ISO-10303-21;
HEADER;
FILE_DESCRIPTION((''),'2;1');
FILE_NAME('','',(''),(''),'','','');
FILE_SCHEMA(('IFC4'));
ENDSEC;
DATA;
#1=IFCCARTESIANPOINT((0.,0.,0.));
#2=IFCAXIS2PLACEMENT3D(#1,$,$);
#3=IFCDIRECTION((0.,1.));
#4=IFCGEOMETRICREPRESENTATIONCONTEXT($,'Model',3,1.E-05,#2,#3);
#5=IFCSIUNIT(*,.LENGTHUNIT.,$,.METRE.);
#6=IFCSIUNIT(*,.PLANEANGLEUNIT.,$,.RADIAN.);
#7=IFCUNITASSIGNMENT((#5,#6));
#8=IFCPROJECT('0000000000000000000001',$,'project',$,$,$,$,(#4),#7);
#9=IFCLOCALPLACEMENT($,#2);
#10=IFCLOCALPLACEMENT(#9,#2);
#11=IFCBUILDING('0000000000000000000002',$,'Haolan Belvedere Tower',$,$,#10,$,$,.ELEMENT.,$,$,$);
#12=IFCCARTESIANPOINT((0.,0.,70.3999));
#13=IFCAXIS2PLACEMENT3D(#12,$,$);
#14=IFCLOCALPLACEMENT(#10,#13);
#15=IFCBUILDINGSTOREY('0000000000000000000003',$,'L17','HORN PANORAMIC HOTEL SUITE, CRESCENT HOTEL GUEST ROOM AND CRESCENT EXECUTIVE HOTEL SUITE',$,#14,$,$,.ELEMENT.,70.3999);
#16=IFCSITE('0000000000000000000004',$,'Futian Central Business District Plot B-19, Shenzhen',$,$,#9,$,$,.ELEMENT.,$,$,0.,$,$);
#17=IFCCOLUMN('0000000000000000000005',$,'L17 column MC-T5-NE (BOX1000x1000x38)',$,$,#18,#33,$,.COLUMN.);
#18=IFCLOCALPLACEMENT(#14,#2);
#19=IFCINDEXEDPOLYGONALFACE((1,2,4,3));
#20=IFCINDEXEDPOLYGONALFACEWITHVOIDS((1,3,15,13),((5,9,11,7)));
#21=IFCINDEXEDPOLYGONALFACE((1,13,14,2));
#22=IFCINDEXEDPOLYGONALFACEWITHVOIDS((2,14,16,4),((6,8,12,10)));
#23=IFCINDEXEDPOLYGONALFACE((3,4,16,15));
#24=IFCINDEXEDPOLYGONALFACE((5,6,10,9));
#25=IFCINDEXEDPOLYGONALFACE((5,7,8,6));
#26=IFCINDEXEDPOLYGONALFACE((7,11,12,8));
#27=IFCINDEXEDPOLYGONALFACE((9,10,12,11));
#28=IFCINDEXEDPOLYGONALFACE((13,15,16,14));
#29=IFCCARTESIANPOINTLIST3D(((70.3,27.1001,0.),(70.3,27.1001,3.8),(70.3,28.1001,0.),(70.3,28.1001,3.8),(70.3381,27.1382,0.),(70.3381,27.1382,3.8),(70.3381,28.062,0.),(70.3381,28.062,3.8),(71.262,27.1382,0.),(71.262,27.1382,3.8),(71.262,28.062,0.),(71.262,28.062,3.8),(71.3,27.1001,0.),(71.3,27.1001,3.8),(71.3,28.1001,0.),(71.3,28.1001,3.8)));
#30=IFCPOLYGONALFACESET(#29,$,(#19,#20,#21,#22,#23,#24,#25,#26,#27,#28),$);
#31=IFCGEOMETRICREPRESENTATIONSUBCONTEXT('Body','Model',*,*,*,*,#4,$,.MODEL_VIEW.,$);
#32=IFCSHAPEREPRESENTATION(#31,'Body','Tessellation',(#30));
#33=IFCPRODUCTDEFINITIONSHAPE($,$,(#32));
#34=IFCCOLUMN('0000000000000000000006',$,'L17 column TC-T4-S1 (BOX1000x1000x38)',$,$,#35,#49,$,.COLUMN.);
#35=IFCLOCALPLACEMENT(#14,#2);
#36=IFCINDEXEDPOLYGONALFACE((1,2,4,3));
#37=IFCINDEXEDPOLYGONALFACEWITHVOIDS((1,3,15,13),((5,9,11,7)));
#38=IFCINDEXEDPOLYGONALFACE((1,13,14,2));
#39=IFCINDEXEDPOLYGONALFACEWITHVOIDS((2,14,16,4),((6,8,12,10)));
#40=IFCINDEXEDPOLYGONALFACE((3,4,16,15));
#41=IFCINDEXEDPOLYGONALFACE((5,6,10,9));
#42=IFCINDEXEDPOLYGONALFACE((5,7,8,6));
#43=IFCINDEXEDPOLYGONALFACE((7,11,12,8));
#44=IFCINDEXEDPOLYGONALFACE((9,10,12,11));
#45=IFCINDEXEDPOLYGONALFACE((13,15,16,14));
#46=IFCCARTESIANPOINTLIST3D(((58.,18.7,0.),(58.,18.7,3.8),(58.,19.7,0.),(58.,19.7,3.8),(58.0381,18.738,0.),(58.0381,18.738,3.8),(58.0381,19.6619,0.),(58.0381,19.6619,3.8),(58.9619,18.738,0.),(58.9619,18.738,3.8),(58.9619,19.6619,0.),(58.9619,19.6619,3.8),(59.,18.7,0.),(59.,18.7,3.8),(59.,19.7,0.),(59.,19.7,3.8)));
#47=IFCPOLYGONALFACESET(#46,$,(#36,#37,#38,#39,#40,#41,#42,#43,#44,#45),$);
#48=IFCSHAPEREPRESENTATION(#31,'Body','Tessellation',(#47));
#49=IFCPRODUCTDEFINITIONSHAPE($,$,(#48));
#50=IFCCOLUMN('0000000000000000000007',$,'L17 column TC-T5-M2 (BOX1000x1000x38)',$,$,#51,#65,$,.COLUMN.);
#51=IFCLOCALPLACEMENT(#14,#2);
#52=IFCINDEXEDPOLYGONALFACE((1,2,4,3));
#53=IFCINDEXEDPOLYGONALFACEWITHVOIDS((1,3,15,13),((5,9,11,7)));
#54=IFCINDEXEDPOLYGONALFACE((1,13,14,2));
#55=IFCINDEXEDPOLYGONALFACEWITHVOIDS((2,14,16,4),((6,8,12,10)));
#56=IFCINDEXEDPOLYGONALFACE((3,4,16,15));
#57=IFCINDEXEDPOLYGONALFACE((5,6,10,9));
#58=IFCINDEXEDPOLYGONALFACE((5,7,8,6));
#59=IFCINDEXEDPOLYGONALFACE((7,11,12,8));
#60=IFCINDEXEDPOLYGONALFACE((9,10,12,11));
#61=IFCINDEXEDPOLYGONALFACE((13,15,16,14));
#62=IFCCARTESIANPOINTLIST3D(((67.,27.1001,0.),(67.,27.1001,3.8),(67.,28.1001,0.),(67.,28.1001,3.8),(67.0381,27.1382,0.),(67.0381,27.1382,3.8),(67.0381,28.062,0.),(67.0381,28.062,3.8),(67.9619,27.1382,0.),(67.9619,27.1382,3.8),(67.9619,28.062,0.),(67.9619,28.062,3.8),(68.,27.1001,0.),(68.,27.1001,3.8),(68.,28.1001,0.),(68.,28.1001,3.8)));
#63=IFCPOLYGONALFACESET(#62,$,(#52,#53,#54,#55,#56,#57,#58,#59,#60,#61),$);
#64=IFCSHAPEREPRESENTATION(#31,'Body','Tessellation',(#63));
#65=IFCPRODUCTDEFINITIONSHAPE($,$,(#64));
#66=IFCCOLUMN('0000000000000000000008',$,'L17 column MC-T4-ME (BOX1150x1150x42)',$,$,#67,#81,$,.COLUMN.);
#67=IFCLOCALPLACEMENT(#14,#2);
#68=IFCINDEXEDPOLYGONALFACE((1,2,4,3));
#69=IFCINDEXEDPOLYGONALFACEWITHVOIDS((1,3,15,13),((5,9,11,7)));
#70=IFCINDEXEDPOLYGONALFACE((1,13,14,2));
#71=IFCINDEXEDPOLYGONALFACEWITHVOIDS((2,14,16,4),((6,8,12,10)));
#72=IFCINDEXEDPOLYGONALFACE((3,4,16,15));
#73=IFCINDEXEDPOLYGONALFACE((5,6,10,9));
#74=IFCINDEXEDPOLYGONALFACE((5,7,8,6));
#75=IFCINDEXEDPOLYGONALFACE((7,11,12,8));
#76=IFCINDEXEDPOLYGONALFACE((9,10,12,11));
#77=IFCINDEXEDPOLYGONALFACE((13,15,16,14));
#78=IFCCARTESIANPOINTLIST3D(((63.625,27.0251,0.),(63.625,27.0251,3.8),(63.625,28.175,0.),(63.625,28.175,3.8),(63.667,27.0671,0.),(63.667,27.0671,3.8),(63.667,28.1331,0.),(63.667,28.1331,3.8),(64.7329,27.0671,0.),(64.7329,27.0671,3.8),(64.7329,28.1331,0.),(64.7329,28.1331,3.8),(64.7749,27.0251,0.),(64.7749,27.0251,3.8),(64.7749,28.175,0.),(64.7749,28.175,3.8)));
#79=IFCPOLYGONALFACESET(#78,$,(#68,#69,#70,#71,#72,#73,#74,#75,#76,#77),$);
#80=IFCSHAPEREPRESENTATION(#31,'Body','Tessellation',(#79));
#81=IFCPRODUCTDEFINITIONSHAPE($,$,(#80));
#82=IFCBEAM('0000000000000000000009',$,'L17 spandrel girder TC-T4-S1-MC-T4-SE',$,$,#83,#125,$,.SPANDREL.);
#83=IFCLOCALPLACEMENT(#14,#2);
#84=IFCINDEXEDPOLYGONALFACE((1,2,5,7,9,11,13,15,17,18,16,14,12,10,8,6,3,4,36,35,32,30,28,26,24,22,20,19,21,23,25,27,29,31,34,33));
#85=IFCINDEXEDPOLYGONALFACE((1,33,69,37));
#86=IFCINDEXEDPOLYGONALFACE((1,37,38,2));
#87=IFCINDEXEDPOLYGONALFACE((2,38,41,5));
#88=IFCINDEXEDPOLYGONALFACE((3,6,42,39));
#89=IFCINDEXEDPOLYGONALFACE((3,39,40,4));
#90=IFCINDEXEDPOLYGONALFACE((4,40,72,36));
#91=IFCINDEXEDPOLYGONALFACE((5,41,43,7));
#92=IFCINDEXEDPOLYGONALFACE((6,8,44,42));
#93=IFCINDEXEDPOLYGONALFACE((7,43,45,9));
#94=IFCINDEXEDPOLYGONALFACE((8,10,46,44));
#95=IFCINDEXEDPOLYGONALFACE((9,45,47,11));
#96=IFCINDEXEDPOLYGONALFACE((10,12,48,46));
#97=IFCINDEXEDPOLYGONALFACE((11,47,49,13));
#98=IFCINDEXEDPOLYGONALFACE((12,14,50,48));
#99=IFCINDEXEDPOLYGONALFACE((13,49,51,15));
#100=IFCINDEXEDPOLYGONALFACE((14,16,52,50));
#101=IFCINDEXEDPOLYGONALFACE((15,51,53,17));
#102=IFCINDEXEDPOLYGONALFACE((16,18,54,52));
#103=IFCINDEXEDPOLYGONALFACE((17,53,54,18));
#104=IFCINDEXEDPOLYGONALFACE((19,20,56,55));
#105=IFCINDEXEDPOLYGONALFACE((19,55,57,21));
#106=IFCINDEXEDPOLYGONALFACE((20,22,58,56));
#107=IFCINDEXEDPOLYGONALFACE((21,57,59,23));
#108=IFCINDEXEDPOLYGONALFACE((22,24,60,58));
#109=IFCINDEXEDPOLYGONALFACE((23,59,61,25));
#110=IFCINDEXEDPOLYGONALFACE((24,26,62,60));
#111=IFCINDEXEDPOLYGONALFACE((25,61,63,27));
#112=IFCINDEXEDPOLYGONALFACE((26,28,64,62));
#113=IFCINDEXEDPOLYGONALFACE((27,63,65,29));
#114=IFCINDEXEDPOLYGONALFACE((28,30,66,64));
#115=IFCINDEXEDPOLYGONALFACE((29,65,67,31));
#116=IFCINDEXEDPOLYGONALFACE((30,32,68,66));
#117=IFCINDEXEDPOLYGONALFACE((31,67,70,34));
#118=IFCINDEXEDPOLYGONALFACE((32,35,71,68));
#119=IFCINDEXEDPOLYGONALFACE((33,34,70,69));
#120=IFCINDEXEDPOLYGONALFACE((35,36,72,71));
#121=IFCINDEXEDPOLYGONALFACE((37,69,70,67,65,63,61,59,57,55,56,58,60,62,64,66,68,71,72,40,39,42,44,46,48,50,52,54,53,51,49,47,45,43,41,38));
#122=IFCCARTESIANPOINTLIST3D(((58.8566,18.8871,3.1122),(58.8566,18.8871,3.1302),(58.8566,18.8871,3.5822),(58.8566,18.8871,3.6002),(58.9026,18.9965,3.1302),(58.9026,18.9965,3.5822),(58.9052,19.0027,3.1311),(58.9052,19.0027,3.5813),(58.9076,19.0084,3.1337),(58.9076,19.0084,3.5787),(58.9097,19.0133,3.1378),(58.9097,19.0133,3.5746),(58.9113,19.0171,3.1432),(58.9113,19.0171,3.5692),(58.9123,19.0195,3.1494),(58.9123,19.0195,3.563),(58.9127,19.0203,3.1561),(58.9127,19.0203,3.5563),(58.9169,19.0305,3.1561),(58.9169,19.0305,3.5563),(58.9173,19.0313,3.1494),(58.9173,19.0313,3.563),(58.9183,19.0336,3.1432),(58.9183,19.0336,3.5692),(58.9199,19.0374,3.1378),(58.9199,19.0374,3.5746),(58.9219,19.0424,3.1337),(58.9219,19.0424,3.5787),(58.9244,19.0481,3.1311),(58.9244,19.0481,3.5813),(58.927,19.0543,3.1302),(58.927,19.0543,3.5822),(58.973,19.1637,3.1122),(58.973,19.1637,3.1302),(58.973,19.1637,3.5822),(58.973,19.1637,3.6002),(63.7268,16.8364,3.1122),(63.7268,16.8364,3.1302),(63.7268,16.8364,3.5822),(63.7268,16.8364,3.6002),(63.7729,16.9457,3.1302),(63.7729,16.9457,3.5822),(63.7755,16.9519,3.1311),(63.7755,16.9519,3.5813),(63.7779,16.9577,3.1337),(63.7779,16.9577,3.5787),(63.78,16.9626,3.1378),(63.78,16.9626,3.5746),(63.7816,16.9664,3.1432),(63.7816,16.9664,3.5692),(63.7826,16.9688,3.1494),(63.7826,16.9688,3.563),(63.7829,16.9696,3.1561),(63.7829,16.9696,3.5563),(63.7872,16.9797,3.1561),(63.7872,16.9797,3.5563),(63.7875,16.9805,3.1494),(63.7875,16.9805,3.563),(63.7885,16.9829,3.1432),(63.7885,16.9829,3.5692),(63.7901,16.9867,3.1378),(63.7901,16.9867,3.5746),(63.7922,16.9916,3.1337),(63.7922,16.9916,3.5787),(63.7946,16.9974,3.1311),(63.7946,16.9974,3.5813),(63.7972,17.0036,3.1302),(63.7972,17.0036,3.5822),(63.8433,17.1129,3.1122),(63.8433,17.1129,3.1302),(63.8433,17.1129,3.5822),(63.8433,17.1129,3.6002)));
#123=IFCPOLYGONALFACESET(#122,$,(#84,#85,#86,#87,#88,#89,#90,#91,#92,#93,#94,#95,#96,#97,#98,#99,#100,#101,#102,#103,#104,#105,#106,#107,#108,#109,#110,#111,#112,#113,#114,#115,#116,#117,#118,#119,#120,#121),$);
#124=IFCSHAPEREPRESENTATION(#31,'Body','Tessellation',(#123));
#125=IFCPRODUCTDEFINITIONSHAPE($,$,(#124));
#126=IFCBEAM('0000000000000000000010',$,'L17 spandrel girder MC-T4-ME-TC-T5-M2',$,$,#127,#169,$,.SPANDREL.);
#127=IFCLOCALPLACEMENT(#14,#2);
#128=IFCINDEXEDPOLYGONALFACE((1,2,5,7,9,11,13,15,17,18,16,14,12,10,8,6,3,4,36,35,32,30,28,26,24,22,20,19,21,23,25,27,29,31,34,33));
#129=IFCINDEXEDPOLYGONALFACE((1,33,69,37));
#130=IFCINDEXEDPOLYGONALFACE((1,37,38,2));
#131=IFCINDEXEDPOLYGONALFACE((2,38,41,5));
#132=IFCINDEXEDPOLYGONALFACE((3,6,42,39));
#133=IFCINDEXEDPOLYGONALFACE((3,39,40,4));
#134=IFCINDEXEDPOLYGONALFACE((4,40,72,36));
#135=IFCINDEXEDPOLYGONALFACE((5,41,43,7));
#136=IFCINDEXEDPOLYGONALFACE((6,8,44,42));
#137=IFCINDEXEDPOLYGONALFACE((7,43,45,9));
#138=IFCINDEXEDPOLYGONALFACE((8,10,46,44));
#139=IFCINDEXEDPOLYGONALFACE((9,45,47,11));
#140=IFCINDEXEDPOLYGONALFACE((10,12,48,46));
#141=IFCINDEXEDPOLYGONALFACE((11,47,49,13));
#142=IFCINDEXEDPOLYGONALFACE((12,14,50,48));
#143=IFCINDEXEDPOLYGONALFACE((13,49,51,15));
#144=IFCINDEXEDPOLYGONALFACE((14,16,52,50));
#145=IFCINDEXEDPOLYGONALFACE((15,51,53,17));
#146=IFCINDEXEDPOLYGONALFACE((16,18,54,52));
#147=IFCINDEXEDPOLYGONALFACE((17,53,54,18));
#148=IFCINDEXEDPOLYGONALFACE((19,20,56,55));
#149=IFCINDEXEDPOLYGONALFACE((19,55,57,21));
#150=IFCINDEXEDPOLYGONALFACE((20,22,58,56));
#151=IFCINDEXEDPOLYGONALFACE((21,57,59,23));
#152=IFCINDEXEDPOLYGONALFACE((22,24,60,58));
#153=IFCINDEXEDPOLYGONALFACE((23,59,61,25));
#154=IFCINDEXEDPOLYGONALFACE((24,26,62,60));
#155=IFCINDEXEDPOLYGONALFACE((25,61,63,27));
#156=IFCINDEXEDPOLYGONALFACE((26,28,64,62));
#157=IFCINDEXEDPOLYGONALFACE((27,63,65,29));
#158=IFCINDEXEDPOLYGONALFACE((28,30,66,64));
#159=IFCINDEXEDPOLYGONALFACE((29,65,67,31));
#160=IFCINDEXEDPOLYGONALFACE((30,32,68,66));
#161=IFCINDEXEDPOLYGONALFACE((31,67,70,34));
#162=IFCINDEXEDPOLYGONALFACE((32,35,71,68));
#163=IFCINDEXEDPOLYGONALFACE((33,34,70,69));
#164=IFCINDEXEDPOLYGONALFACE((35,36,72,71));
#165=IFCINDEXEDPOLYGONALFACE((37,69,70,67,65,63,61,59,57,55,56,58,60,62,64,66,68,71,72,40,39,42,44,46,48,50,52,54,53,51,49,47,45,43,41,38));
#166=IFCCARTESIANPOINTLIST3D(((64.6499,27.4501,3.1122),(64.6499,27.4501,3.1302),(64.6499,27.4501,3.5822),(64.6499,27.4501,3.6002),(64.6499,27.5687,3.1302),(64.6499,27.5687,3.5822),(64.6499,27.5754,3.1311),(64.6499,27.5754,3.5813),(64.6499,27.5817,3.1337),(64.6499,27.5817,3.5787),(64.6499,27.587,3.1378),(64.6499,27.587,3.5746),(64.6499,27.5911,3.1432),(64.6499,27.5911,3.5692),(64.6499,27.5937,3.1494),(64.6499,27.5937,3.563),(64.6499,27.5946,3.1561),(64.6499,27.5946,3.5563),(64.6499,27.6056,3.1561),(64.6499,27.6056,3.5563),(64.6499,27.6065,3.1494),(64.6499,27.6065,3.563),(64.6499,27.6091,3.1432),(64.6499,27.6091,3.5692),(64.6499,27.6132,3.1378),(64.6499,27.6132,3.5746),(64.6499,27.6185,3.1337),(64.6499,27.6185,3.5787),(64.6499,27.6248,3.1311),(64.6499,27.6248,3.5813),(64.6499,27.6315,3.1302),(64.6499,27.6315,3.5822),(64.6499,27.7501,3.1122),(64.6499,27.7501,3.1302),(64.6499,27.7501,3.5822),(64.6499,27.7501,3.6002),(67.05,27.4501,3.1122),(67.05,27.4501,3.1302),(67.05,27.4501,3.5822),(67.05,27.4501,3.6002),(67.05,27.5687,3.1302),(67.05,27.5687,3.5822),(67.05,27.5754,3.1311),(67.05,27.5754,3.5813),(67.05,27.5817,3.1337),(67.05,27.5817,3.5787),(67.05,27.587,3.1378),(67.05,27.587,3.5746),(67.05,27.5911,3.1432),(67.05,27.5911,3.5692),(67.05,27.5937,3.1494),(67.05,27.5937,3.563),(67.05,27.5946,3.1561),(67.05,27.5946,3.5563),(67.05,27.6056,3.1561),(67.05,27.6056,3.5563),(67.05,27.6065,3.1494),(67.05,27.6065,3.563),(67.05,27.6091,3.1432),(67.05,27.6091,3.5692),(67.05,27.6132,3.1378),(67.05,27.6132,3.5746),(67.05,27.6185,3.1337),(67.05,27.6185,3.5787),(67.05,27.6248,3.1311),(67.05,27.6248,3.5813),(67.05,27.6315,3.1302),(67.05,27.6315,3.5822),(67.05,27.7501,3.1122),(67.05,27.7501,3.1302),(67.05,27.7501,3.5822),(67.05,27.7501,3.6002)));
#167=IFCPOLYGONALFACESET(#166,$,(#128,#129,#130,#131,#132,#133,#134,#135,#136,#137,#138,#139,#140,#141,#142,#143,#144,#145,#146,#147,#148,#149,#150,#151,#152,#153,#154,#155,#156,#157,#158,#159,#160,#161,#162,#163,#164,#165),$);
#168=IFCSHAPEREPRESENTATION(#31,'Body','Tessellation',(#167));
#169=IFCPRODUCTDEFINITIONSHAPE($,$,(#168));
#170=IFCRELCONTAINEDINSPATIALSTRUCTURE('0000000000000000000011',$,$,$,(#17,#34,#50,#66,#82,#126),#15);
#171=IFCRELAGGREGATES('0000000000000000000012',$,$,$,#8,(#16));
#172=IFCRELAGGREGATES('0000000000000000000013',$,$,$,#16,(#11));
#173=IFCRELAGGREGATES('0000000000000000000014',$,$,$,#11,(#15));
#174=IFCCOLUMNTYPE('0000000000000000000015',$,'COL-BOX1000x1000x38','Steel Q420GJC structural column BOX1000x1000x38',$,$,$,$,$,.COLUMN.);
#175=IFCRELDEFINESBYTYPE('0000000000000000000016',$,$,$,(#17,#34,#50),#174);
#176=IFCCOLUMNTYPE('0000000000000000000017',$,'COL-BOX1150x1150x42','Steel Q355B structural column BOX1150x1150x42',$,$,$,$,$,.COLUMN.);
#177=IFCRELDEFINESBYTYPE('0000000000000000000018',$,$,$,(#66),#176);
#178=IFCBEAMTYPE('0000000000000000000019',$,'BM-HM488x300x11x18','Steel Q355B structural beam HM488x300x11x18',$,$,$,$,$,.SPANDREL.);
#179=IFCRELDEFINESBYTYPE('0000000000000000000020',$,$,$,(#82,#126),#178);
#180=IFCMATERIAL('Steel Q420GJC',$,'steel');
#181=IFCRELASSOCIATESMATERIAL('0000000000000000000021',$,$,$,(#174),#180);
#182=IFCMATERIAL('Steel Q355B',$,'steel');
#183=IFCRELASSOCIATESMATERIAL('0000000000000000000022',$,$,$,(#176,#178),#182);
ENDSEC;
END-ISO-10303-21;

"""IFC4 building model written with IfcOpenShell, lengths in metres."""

from ifc_helpers import new_model, si_unit, direction, frame, origin, origin_2d, place, context, subcontext, project, spatial, hollow_rectangle, i_section, extrude, material, material_profile, profile_set, type_object, element, save


model = new_model("IFC4")

# Units and contexts
model_context = context("Model", 3, precision=1e-05, world=origin(), true_north=direction((0.0, 1.0)))
body_context = subcontext(model_context, "Body", "Model", "MODEL_VIEW")
ifc_project = project(units=[si_unit("LENGTHUNIT", "METRE"), si_unit("PLANEANGLEUNIT", "RADIAN")], contexts=[model_context])

# Site, building, storey
site_placement = place(None, origin())
site = spatial("IfcSite", under=ifc_project, at=site_placement, Name="Futian Central Business District Plot B-19, Shenzhen", CompositionType="ELEMENT", RefElevation=0.0)
building_placement = place(site_placement, origin())
building = spatial("IfcBuilding", under=site, at=building_placement, Name="Haolan Belvedere Tower", CompositionType="ELEMENT")
storey_placement = place(building_placement, frame((0.0, 0.0, 70.3999)))
storey = spatial("IfcBuildingStorey", under=building, at=storey_placement, Name="L17", Description="HORN PANORAMIC HOTEL SUITE, CRESCENT HOTEL GUEST ROOM AND CRESCENT EXECUTIVE HOTEL SUITE", CompositionType="ELEMENT", Elevation=70.3999)

# Columns
ifc_material_1 = material(Name="Steel Q420GJC", Category="steel")
ifc_material_profile_1 = material_profile(ifc_material_1, hollow_rectangle(XDim=1.0, YDim=1.0, WallThickness=0.0381, at=origin_2d()), Name="Steel Q420GJC")
ifc_profile_set_1 = profile_set([ifc_material_profile_1], Name="Steel Q420GJC")
column_type_1 = type_object("IfcColumnType", Name="COL-BOX1000x1000x38", Description="Steel Q420GJC structural column BOX1000x1000x38", PredefinedType="COLUMN", material=ifc_profile_set_1)
for number, where, z_axis, x_axis, name in (
    (1, (70.8, 27.6001, 0.0), (0.0, 0.0, 1.0), (1.0, 0.0, 0.0), "L17 column MC-T5-NE (BOX1000x1000x38)"),
    (2, (58.5, 19.2, 0.0), (0.0, 0.0, 1.0), (1.0, 0.0, 0.0), "L17 column TC-T4-S1 (BOX1000x1000x38)"),
    (3, (67.5, 27.6001, 0.0), (0.0, 0.0, 1.0), (1.0, 0.0, 0.0), "L17 column TC-T5-M2 (BOX1000x1000x38)"),
):
    element("IfcColumn", number, at=place(storey_placement, frame(where, z_axis=z_axis, x_axis=x_axis)), inside=storey, type_object=column_type_1, Name=name, PredefinedType="COLUMN", context=body_context, shape_type="SweptSolid", body=[
        extrude(hollow_rectangle(XDim=1.0, YDim=1.0, WallThickness=0.0381, at=origin_2d()), origin(), (0.0, 0.0, 1.0), 3.8),
    ])
ifc_material_2 = material(Name="Steel Q355B", Category="steel")
ifc_material_profile_2 = material_profile(ifc_material_2, hollow_rectangle(XDim=1.1499, YDim=1.1499, WallThickness=0.042, at=origin_2d()), Name="Steel Q355B")
ifc_profile_set_2 = profile_set([ifc_material_profile_2], Name="Steel Q355B")
column_type_2 = type_object("IfcColumnType", Name="COL-BOX1150x1150x42", Description="Steel Q355B structural column BOX1150x1150x42", PredefinedType="COLUMN", material=ifc_profile_set_2)
column_placement = place(storey_placement, frame((64.2, 27.6001, 0.0), z_axis=(0.0, 0.0, 1.0), x_axis=(1.0, 0.0, 0.0)))
element("IfcColumn", 4, at=column_placement, inside=storey, type_object=column_type_2, Name="L17 column MC-T4-ME (BOX1150x1150x42)", PredefinedType="COLUMN", context=body_context, shape_type="SweptSolid", body=[
    extrude(hollow_rectangle(XDim=1.1499, YDim=1.1499, WallThickness=0.042, at=origin_2d()), origin(), (0.0, 0.0, 1.0), 3.8),
])

# Beams
ifc_material_profile_3 = material_profile(ifc_material_2, i_section(OverallWidth=0.3, OverallDepth=0.488, WebThickness=0.011, FlangeThickness=0.0181, FilletRadius=0.0259, at=origin_2d()), Name="Steel Q355B")
ifc_profile_set_3 = profile_set([ifc_material_profile_3], Name="Steel Q355B")
beam_type = type_object("IfcBeamType", Name="BM-HM488x300x11x18", Description="Steel Q355B structural beam HM488x300x11x18", PredefinedType="SPANDREL", material=ifc_profile_set_3)
beam_placement = place(storey_placement, frame((58.9148, 19.0254, 3.3562), z_axis=(0.921628, -0.388074, 0.0), x_axis=(0.388074, 0.921628, 0.0)))
element("IfcBeam", 5, at=beam_placement, inside=storey, type_object=beam_type, Name="L17 spandrel girder TC-T4-S1-MC-T4-SE", PredefinedType="SPANDREL", context=body_context, shape_type="SweptSolid", body=[
    extrude(i_section(OverallWidth=0.3, OverallDepth=0.488, WebThickness=0.011, FlangeThickness=0.0181, FilletRadius=0.0259, at=origin_2d()), origin(), (0.0, 0.0, 1.0), 5.2844),
])
for number, where, z_axis, x_axis, name in (
    (6, (64.6499, 27.6001, 3.3562), (1.0, 0.0, 0.0), (0.0, 1.0, 0.0), "L17 spandrel girder MC-T4-ME-TC-T5-M2"),
):
    element("IfcBeam", number, at=place(storey_placement, frame(where, z_axis=z_axis, x_axis=x_axis)), inside=storey, type_object=beam_type, Name=name, PredefinedType="SPANDREL", context=body_context, shape_type="SweptSolid", body=[
        extrude(i_section(OverallWidth=0.3, OverallDepth=0.488, WebThickness=0.011, FlangeThickness=0.0181, FilletRadius=0.0259, at=origin_2d()), origin(), (0.0, 0.0, 1.0), 2.4001),
    ])

save(model, "model.ifc")
